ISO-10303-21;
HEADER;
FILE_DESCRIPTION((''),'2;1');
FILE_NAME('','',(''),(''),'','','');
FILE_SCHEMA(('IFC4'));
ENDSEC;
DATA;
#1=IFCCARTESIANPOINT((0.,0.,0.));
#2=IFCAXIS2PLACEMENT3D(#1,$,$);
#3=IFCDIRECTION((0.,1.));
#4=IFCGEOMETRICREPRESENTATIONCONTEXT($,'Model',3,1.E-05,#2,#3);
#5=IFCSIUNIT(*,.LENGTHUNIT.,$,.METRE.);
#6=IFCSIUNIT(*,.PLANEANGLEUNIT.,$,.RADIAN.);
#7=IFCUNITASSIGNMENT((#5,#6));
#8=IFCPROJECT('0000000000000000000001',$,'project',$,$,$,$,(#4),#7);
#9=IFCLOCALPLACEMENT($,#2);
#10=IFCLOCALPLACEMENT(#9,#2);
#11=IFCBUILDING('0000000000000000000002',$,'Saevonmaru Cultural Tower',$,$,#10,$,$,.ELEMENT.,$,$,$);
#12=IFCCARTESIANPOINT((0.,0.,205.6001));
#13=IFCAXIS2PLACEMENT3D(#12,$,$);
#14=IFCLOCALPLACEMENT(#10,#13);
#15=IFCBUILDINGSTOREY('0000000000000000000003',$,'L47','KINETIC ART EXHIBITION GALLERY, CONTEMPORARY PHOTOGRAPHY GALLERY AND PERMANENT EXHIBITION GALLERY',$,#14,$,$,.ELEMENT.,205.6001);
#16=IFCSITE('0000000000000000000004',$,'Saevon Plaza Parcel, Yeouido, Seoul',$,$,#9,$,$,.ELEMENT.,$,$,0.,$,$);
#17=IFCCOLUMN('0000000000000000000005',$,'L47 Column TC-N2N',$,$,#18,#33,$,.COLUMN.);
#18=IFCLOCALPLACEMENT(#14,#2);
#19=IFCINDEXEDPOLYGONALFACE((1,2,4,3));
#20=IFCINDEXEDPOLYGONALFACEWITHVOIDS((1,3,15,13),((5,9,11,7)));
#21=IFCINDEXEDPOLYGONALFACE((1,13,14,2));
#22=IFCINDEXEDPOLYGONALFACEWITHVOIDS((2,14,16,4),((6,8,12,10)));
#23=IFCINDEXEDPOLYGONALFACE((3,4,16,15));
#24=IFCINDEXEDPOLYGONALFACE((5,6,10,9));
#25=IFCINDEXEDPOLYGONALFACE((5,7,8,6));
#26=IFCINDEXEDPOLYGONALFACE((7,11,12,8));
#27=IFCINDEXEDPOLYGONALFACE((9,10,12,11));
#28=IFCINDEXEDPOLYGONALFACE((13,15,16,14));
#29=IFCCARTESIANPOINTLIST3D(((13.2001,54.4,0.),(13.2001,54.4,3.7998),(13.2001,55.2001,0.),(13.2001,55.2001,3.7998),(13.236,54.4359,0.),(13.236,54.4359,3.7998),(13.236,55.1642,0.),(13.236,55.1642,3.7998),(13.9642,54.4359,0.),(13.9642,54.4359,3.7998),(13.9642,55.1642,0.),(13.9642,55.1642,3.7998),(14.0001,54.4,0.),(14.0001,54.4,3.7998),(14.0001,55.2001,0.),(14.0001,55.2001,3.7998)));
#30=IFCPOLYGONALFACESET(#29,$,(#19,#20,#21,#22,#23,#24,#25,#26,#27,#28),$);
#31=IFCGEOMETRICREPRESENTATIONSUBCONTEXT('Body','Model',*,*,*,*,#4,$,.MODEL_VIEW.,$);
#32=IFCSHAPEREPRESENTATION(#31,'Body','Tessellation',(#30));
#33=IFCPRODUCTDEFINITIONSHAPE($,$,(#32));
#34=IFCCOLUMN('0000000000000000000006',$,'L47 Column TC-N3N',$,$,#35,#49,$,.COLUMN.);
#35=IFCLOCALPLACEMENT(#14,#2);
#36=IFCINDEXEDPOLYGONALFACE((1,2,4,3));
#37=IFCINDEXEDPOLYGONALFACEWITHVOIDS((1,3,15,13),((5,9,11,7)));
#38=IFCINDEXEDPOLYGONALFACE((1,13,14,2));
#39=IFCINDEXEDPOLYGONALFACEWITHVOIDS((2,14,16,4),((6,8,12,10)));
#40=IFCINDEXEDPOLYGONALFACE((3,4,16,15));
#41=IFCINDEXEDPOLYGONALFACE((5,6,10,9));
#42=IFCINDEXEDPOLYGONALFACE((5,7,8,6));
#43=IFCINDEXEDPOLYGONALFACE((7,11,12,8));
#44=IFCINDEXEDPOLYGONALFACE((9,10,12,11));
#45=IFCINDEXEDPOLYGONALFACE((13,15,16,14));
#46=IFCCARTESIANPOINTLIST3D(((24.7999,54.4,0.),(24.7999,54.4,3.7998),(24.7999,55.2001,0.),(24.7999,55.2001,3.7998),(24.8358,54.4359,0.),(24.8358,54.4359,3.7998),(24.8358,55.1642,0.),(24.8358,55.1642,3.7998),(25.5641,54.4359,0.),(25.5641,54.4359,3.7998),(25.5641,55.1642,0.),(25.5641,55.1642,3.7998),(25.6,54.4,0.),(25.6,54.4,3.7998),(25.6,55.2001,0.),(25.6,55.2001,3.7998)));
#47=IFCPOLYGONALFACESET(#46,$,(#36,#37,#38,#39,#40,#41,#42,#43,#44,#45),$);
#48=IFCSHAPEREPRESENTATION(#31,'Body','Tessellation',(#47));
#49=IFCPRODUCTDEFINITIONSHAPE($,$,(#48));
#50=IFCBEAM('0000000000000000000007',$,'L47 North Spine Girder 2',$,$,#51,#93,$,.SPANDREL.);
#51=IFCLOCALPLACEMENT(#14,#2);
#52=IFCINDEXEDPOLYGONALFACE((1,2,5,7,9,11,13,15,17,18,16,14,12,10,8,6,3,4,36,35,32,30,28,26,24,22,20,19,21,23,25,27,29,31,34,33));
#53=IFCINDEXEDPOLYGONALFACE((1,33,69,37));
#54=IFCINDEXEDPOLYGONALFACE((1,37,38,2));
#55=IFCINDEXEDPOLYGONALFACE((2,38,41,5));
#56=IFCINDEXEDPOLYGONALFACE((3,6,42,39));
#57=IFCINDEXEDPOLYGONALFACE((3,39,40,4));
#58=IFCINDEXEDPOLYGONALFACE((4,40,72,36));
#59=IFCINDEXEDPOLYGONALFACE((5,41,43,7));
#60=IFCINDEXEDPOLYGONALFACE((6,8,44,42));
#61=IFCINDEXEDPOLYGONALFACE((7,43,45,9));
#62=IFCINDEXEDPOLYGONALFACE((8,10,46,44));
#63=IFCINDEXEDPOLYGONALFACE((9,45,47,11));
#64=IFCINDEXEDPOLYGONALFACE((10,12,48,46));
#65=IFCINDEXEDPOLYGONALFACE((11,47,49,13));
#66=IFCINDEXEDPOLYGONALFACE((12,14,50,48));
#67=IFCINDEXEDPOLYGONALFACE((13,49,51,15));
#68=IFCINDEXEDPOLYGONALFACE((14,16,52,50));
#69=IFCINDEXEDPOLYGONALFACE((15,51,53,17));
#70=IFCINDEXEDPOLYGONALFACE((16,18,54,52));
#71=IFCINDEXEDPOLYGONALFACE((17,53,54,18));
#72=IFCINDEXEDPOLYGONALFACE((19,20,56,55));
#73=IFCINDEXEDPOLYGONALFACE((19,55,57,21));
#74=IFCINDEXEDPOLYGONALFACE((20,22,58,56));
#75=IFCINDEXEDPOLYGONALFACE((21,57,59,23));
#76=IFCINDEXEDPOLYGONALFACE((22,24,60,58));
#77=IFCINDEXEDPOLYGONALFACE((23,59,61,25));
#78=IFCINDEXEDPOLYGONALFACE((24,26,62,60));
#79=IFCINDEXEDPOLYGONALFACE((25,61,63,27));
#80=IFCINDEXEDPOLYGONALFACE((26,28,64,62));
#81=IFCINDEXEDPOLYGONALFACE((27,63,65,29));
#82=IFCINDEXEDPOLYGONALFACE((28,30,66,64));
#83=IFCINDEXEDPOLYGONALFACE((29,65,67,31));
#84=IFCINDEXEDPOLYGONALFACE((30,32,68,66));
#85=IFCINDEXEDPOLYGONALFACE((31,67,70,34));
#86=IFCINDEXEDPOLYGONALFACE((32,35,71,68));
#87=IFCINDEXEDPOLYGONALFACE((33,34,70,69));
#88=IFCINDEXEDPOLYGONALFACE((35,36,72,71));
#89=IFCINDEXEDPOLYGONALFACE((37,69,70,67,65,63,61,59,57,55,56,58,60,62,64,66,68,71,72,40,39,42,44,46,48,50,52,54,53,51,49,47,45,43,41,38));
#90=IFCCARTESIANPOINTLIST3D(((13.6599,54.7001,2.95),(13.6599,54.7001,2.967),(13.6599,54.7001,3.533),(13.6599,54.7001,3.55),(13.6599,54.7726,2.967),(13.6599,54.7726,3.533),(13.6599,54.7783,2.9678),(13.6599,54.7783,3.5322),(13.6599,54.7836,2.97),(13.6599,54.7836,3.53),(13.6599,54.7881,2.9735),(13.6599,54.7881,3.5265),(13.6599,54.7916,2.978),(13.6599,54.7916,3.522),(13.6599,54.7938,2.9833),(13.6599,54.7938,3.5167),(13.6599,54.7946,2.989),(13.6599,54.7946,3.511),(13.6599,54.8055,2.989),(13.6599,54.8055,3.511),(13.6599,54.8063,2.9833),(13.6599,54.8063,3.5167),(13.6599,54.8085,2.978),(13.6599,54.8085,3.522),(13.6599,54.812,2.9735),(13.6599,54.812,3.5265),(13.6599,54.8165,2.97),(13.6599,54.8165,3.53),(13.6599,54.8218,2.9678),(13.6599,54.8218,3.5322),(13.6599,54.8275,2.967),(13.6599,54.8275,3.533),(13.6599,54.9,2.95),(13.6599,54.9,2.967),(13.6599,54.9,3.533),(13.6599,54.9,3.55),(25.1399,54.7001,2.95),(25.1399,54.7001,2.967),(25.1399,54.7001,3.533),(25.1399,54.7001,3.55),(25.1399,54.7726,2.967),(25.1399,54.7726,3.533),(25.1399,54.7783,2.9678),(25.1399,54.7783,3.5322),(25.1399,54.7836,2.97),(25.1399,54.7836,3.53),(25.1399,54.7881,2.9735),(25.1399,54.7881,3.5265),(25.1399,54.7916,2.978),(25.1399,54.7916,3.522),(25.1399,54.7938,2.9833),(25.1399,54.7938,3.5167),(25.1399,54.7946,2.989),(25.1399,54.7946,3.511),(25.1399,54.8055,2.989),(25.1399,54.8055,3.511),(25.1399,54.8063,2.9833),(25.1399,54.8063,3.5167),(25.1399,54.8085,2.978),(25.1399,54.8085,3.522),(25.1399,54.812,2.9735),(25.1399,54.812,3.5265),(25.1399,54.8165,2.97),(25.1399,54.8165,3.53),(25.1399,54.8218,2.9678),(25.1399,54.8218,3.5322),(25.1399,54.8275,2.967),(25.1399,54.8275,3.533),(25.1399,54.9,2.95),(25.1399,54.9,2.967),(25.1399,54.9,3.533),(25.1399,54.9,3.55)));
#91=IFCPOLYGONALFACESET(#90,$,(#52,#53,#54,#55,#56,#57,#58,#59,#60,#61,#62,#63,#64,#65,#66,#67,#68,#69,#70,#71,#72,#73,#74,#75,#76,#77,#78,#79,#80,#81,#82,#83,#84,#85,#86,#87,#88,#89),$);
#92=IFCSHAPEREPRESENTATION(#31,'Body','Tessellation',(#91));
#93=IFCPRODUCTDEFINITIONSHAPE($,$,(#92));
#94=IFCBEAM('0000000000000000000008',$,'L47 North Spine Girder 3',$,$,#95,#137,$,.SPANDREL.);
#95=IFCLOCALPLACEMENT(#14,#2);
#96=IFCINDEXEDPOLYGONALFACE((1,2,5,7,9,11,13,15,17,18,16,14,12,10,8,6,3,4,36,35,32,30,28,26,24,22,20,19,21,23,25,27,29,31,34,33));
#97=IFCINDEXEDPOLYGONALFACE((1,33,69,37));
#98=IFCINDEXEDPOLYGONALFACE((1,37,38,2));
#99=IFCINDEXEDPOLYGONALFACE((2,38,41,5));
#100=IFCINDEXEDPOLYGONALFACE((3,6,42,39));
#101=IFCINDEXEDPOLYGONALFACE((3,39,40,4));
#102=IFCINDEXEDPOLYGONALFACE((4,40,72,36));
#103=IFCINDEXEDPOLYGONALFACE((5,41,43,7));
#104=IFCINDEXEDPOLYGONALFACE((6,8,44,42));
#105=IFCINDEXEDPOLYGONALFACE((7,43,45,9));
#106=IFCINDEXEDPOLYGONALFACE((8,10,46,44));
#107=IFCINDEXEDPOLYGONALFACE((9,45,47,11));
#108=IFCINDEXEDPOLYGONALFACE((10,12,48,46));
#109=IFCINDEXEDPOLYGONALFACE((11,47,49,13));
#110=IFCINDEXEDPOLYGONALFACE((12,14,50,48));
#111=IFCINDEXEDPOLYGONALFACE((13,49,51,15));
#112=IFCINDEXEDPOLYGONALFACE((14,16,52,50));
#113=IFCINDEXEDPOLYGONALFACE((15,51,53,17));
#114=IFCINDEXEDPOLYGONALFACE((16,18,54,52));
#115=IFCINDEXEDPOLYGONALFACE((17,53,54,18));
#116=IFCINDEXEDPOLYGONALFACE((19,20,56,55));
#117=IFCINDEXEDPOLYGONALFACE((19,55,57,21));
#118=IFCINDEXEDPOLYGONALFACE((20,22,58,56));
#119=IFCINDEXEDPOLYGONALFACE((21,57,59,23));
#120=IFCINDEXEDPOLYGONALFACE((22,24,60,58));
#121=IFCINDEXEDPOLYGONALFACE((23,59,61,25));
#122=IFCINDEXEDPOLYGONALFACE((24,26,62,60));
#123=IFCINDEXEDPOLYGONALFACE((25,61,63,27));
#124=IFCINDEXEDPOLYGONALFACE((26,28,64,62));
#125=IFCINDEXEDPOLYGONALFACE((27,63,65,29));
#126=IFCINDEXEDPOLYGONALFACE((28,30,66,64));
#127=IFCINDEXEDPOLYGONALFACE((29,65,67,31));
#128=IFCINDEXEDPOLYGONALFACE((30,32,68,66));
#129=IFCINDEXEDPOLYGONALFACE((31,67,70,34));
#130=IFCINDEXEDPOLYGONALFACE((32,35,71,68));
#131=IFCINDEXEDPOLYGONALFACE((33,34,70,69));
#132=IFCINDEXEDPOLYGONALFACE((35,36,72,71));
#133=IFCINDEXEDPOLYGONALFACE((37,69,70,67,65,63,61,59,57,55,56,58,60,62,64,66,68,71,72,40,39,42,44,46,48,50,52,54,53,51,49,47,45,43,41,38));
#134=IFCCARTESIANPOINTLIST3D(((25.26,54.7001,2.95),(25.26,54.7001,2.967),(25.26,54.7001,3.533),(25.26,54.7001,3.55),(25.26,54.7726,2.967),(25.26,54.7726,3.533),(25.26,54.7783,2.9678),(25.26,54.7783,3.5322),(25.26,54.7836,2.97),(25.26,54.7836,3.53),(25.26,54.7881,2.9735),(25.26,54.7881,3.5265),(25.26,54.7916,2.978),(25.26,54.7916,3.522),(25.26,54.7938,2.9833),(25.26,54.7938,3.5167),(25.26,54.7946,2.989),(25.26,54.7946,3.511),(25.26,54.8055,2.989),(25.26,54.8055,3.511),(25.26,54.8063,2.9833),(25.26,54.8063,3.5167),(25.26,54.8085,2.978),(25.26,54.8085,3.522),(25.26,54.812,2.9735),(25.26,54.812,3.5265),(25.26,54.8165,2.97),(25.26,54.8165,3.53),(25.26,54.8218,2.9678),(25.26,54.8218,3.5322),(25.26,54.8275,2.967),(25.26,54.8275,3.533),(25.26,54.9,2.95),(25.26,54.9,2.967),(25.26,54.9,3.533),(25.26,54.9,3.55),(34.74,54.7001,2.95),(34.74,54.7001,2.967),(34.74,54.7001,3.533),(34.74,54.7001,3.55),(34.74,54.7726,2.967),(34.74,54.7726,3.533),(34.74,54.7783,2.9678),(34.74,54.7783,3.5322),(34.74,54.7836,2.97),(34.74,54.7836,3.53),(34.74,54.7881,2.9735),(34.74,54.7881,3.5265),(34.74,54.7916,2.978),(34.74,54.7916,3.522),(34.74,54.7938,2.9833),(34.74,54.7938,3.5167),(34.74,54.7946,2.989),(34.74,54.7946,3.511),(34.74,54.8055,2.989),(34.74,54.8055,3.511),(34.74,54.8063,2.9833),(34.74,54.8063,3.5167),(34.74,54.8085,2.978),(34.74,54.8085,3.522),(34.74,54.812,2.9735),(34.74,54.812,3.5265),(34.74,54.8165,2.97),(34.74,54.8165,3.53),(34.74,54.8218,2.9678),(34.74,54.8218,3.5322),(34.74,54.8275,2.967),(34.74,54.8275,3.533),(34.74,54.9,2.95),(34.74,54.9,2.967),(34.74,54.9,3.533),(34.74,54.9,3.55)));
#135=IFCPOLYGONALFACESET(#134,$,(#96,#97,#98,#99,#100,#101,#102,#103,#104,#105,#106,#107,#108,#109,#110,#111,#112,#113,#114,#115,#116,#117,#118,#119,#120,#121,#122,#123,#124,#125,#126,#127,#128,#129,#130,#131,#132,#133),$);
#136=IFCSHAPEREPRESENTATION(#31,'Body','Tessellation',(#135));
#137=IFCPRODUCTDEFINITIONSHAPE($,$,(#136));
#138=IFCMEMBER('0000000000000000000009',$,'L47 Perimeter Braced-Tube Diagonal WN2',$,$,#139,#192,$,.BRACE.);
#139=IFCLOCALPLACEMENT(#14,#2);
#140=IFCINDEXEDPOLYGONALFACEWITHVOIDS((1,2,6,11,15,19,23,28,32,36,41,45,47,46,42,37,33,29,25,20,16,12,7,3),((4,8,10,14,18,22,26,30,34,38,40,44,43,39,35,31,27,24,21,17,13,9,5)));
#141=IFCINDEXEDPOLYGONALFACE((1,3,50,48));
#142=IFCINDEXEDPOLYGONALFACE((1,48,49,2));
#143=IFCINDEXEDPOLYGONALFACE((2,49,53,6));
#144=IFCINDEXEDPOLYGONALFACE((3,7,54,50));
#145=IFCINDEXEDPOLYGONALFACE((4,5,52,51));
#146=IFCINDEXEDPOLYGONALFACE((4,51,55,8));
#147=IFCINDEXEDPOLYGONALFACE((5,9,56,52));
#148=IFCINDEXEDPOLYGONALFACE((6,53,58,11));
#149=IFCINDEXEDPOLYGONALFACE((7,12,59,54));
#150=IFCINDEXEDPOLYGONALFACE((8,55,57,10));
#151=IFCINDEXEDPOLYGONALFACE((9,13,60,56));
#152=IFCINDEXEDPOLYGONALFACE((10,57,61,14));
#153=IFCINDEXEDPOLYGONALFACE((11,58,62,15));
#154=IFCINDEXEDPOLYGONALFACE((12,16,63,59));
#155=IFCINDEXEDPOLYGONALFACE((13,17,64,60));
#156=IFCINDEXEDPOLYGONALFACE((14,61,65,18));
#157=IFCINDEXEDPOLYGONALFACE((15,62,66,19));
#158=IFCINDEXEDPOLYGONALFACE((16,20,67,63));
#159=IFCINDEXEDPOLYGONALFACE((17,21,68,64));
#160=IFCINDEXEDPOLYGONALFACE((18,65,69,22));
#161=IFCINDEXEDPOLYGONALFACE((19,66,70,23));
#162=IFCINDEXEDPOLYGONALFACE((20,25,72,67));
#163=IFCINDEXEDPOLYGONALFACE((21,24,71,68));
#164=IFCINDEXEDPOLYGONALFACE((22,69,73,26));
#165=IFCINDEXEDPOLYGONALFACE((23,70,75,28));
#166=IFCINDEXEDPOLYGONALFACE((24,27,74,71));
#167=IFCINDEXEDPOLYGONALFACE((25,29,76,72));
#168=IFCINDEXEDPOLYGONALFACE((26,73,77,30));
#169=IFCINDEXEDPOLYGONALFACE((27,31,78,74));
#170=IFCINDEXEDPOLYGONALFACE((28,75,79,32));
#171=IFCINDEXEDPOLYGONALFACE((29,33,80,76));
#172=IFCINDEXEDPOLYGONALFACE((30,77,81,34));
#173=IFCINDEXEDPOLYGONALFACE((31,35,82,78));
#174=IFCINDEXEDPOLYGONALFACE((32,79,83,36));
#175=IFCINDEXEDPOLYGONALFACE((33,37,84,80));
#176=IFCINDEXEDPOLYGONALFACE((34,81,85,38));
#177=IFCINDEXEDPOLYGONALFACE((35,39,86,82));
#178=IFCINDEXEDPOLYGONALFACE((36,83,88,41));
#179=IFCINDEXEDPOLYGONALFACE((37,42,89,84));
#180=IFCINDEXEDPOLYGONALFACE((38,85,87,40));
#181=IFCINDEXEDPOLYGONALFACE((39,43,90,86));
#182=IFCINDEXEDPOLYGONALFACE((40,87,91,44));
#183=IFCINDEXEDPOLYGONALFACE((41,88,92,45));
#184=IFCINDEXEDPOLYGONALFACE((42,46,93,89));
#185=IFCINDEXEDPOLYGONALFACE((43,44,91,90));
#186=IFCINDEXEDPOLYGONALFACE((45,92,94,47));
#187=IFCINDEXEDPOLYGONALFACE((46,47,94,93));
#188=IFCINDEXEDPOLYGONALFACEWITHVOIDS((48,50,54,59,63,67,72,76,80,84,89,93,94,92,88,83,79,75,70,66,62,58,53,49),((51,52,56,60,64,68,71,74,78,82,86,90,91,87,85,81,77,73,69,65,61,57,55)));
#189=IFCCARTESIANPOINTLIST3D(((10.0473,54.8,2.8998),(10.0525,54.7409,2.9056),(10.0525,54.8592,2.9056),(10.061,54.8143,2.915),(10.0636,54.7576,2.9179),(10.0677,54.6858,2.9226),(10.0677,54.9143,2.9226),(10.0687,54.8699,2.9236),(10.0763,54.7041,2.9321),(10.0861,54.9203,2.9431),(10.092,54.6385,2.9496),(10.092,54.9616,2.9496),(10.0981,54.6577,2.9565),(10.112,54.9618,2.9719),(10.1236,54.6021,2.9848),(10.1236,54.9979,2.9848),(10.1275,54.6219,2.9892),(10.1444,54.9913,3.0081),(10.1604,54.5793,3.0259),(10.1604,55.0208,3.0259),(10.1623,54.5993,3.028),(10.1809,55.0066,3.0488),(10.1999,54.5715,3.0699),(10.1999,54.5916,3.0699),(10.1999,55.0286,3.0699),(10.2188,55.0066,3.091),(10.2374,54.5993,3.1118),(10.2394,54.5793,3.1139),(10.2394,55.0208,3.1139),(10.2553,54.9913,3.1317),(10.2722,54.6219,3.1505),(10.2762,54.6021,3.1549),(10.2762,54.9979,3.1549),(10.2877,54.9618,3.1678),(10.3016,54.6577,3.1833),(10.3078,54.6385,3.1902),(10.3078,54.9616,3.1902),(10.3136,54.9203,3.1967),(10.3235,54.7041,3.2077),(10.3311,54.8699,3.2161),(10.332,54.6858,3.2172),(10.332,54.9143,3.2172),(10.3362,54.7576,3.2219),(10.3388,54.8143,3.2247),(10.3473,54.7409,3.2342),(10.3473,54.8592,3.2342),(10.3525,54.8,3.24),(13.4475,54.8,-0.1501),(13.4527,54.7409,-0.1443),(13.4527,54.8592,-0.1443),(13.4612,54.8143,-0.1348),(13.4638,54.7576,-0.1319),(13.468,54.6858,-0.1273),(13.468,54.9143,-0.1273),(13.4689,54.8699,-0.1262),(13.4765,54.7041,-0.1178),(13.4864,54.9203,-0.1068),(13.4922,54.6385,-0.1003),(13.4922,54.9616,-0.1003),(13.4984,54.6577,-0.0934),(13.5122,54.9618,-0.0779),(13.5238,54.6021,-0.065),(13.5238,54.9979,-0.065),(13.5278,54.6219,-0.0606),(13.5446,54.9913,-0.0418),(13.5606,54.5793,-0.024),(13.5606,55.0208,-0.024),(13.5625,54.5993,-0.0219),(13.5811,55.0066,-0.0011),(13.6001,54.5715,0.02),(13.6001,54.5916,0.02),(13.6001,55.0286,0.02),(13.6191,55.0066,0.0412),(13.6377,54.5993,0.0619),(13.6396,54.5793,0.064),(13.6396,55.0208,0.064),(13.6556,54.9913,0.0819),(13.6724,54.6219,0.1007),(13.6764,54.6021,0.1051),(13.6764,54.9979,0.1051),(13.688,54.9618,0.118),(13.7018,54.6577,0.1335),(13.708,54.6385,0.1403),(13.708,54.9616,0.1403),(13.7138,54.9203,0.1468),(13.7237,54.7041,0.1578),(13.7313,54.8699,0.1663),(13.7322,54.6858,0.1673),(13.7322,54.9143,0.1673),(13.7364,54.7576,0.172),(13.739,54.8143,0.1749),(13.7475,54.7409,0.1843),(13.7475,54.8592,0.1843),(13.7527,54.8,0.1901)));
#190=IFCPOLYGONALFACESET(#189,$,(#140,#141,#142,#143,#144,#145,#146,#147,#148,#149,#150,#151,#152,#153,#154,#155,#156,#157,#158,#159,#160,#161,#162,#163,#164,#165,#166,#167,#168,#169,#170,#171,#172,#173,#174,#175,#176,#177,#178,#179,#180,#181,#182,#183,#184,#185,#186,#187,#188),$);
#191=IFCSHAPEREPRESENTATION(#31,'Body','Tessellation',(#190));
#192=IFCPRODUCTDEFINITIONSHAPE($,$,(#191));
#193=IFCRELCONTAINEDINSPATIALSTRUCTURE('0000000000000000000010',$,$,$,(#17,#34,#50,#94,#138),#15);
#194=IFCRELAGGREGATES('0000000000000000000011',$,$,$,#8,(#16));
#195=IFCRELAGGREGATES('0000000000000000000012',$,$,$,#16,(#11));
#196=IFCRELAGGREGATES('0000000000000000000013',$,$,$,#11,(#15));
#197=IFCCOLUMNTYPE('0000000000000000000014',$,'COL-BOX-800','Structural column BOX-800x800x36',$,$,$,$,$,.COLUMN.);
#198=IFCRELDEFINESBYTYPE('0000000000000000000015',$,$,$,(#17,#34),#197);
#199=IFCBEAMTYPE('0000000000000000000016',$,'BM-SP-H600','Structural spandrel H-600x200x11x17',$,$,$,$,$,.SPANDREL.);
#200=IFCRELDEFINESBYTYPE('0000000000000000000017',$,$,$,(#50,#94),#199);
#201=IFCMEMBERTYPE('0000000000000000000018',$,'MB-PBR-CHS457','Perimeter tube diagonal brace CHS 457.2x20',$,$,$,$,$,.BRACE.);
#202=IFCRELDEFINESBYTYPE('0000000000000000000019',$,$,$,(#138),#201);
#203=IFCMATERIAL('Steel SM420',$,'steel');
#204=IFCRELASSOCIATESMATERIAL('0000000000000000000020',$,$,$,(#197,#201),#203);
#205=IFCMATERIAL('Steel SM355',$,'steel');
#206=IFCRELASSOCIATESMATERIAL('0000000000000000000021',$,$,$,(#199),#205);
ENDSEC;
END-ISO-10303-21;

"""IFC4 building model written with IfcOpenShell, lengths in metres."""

from ifc_helpers import new_model, si_unit, direction, frame, origin, origin_2d, place, context, subcontext, project, spatial, hollow_rectangle, hollow_circle, i_section, extrude, material, material_profile, profile_set, type_object, element, save


model = new_model("IFC4")

# Units and contexts
model_context = context("Model", 3, precision=1e-05, world=origin(), true_north=direction((0.0, 1.0)))
body_context = subcontext(model_context, "Body", "Model", "MODEL_VIEW")
ifc_project = project(units=[si_unit("LENGTHUNIT", "METRE"), si_unit("PLANEANGLEUNIT", "RADIAN")], contexts=[model_context])

# Site, building, storey
site_placement = place(None, origin())
site = spatial("IfcSite", under=ifc_project, at=site_placement, Name="Saevon Plaza Parcel, Yeouido, Seoul", CompositionType="ELEMENT", RefElevation=0.0)
building_placement = place(site_placement, origin())
building = spatial("IfcBuilding", under=site, at=building_placement, Name="Saevonmaru Cultural Tower", CompositionType="ELEMENT")
storey_placement = place(building_placement, frame((0.0, 0.0, 205.6001)))
storey = spatial("IfcBuildingStorey", under=building, at=storey_placement, Name="L47", Description="KINETIC ART EXHIBITION GALLERY, CONTEMPORARY PHOTOGRAPHY GALLERY AND PERMANENT EXHIBITION GALLERY", CompositionType="ELEMENT", Elevation=205.6001)

# Columns
ifc_material_1 = material(Name="Steel SM420", Category="steel")
ifc_material_profile_1 = material_profile(ifc_material_1, hollow_rectangle(XDim=0.8, YDim=0.8, WallThickness=0.0359, at=origin_2d()), Name="BOX-800x800x36")
ifc_profile_set_1 = profile_set([ifc_material_profile_1], Name="Steel SM420")
column_type = type_object("IfcColumnType", Name="COL-BOX-800", Description="Structural column BOX-800x800x36", PredefinedType="COLUMN", material=ifc_profile_set_1)
for number, where, z_axis, x_axis, name in (
    (1, (13.6001, 54.8, 0.0), (0.0, 0.0, 1.0), (1.0, 0.0, 0.0), "L47 Column TC-N2N"),
    (2, (25.2, 54.8, 0.0), (0.0, 0.0, 1.0), (1.0, 0.0, 0.0), "L47 Column TC-N3N"),
):
    element("IfcColumn", number, at=place(storey_placement, frame(where, z_axis=z_axis, x_axis=x_axis)), inside=storey, type_object=column_type, Name=name, PredefinedType="COLUMN", context=body_context, shape_type="SweptSolid", body=[
        extrude(hollow_rectangle(XDim=0.8, YDim=0.8, WallThickness=0.0359, at=origin_2d()), origin(), (0.0, 0.0, 1.0), 3.7998),
    ])

# Beams
ifc_material_2 = material(Name="Steel SM355", Category="steel")
ifc_material_profile_2 = material_profile(ifc_material_2, i_section(OverallWidth=0.2, OverallDepth=0.6001, WebThickness=0.011, FlangeThickness=0.0171, FilletRadius=0.022, at=origin_2d()), Name="H-600x200x11x17")
ifc_profile_set_2 = profile_set([ifc_material_profile_2], Name="Steel SM355")
beam_type = type_object("IfcBeamType", Name="BM-SP-H600", Description="Structural spandrel H-600x200x11x17", PredefinedType="SPANDREL", material=ifc_profile_set_2)
beam_1_placement = place(storey_placement, frame((13.6599, 54.8, 3.25), z_axis=(1.0, 0.0, 0.0), x_axis=(0.0, 1.0, 0.0)))
element("IfcBeam", 3, at=beam_1_placement, inside=storey, type_object=beam_type, Name="L47 North Spine Girder 2", PredefinedType="SPANDREL", context=body_context, shape_type="SweptSolid", body=[
    extrude(i_section(OverallWidth=0.2, OverallDepth=0.6001, WebThickness=0.011, FlangeThickness=0.0171, FilletRadius=0.022, at=origin_2d()), origin(), (0.0, 0.0, 1.0), 11.48),
])
beam_2_placement = place(storey_placement, frame((25.26, 54.8, 3.25), z_axis=(1.0, 0.0, 0.0), x_axis=(0.0, 1.0, 0.0)))
element("IfcBeam", 4, at=beam_2_placement, inside=storey, type_object=beam_type, Name="L47 North Spine Girder 3", PredefinedType="SPANDREL", context=body_context, shape_type="SweptSolid", body=[
    extrude(i_section(OverallWidth=0.2, OverallDepth=0.6001, WebThickness=0.011, FlangeThickness=0.0171, FilletRadius=0.022, at=origin_2d()), origin(), (0.0, 0.0, 1.0), 9.48),
])

# Member
ifc_material_profile_3 = material_profile(ifc_material_1, hollow_circle(Radius=0.2285, WallThickness=0.02, at=origin_2d()), Name="CHS-457.2x20")
ifc_profile_set_3 = profile_set([ifc_material_profile_3], Name="Steel SM420")
member_type_1 = type_object("IfcMemberType", Name="MB-PBR-CHS457", Description="Perimeter tube diagonal brace CHS 457.2x20", PredefinedType="BRACE", material=ifc_profile_set_3)
member_1_placement = place(storey_placement, frame((13.6001, 54.8, 0.02), z_axis=(-0.744417, 0.0, 0.667715), x_axis=(0.0, -1.0, 0.0)))
element("IfcMember", 5, at=member_1_placement, inside=storey, type_object=member_type_1, Name="L47 Perimeter Braced-Tube Diagonal WN2", PredefinedType="BRACE", context=body_context, shape_type="SweptSolid", body=[
    extrude(hollow_circle(Radius=0.2285, WallThickness=0.02, at=origin_2d()), origin(), (0.0, 0.0, 1.0), 4.5676),
])

save(model, "model.ifc")
